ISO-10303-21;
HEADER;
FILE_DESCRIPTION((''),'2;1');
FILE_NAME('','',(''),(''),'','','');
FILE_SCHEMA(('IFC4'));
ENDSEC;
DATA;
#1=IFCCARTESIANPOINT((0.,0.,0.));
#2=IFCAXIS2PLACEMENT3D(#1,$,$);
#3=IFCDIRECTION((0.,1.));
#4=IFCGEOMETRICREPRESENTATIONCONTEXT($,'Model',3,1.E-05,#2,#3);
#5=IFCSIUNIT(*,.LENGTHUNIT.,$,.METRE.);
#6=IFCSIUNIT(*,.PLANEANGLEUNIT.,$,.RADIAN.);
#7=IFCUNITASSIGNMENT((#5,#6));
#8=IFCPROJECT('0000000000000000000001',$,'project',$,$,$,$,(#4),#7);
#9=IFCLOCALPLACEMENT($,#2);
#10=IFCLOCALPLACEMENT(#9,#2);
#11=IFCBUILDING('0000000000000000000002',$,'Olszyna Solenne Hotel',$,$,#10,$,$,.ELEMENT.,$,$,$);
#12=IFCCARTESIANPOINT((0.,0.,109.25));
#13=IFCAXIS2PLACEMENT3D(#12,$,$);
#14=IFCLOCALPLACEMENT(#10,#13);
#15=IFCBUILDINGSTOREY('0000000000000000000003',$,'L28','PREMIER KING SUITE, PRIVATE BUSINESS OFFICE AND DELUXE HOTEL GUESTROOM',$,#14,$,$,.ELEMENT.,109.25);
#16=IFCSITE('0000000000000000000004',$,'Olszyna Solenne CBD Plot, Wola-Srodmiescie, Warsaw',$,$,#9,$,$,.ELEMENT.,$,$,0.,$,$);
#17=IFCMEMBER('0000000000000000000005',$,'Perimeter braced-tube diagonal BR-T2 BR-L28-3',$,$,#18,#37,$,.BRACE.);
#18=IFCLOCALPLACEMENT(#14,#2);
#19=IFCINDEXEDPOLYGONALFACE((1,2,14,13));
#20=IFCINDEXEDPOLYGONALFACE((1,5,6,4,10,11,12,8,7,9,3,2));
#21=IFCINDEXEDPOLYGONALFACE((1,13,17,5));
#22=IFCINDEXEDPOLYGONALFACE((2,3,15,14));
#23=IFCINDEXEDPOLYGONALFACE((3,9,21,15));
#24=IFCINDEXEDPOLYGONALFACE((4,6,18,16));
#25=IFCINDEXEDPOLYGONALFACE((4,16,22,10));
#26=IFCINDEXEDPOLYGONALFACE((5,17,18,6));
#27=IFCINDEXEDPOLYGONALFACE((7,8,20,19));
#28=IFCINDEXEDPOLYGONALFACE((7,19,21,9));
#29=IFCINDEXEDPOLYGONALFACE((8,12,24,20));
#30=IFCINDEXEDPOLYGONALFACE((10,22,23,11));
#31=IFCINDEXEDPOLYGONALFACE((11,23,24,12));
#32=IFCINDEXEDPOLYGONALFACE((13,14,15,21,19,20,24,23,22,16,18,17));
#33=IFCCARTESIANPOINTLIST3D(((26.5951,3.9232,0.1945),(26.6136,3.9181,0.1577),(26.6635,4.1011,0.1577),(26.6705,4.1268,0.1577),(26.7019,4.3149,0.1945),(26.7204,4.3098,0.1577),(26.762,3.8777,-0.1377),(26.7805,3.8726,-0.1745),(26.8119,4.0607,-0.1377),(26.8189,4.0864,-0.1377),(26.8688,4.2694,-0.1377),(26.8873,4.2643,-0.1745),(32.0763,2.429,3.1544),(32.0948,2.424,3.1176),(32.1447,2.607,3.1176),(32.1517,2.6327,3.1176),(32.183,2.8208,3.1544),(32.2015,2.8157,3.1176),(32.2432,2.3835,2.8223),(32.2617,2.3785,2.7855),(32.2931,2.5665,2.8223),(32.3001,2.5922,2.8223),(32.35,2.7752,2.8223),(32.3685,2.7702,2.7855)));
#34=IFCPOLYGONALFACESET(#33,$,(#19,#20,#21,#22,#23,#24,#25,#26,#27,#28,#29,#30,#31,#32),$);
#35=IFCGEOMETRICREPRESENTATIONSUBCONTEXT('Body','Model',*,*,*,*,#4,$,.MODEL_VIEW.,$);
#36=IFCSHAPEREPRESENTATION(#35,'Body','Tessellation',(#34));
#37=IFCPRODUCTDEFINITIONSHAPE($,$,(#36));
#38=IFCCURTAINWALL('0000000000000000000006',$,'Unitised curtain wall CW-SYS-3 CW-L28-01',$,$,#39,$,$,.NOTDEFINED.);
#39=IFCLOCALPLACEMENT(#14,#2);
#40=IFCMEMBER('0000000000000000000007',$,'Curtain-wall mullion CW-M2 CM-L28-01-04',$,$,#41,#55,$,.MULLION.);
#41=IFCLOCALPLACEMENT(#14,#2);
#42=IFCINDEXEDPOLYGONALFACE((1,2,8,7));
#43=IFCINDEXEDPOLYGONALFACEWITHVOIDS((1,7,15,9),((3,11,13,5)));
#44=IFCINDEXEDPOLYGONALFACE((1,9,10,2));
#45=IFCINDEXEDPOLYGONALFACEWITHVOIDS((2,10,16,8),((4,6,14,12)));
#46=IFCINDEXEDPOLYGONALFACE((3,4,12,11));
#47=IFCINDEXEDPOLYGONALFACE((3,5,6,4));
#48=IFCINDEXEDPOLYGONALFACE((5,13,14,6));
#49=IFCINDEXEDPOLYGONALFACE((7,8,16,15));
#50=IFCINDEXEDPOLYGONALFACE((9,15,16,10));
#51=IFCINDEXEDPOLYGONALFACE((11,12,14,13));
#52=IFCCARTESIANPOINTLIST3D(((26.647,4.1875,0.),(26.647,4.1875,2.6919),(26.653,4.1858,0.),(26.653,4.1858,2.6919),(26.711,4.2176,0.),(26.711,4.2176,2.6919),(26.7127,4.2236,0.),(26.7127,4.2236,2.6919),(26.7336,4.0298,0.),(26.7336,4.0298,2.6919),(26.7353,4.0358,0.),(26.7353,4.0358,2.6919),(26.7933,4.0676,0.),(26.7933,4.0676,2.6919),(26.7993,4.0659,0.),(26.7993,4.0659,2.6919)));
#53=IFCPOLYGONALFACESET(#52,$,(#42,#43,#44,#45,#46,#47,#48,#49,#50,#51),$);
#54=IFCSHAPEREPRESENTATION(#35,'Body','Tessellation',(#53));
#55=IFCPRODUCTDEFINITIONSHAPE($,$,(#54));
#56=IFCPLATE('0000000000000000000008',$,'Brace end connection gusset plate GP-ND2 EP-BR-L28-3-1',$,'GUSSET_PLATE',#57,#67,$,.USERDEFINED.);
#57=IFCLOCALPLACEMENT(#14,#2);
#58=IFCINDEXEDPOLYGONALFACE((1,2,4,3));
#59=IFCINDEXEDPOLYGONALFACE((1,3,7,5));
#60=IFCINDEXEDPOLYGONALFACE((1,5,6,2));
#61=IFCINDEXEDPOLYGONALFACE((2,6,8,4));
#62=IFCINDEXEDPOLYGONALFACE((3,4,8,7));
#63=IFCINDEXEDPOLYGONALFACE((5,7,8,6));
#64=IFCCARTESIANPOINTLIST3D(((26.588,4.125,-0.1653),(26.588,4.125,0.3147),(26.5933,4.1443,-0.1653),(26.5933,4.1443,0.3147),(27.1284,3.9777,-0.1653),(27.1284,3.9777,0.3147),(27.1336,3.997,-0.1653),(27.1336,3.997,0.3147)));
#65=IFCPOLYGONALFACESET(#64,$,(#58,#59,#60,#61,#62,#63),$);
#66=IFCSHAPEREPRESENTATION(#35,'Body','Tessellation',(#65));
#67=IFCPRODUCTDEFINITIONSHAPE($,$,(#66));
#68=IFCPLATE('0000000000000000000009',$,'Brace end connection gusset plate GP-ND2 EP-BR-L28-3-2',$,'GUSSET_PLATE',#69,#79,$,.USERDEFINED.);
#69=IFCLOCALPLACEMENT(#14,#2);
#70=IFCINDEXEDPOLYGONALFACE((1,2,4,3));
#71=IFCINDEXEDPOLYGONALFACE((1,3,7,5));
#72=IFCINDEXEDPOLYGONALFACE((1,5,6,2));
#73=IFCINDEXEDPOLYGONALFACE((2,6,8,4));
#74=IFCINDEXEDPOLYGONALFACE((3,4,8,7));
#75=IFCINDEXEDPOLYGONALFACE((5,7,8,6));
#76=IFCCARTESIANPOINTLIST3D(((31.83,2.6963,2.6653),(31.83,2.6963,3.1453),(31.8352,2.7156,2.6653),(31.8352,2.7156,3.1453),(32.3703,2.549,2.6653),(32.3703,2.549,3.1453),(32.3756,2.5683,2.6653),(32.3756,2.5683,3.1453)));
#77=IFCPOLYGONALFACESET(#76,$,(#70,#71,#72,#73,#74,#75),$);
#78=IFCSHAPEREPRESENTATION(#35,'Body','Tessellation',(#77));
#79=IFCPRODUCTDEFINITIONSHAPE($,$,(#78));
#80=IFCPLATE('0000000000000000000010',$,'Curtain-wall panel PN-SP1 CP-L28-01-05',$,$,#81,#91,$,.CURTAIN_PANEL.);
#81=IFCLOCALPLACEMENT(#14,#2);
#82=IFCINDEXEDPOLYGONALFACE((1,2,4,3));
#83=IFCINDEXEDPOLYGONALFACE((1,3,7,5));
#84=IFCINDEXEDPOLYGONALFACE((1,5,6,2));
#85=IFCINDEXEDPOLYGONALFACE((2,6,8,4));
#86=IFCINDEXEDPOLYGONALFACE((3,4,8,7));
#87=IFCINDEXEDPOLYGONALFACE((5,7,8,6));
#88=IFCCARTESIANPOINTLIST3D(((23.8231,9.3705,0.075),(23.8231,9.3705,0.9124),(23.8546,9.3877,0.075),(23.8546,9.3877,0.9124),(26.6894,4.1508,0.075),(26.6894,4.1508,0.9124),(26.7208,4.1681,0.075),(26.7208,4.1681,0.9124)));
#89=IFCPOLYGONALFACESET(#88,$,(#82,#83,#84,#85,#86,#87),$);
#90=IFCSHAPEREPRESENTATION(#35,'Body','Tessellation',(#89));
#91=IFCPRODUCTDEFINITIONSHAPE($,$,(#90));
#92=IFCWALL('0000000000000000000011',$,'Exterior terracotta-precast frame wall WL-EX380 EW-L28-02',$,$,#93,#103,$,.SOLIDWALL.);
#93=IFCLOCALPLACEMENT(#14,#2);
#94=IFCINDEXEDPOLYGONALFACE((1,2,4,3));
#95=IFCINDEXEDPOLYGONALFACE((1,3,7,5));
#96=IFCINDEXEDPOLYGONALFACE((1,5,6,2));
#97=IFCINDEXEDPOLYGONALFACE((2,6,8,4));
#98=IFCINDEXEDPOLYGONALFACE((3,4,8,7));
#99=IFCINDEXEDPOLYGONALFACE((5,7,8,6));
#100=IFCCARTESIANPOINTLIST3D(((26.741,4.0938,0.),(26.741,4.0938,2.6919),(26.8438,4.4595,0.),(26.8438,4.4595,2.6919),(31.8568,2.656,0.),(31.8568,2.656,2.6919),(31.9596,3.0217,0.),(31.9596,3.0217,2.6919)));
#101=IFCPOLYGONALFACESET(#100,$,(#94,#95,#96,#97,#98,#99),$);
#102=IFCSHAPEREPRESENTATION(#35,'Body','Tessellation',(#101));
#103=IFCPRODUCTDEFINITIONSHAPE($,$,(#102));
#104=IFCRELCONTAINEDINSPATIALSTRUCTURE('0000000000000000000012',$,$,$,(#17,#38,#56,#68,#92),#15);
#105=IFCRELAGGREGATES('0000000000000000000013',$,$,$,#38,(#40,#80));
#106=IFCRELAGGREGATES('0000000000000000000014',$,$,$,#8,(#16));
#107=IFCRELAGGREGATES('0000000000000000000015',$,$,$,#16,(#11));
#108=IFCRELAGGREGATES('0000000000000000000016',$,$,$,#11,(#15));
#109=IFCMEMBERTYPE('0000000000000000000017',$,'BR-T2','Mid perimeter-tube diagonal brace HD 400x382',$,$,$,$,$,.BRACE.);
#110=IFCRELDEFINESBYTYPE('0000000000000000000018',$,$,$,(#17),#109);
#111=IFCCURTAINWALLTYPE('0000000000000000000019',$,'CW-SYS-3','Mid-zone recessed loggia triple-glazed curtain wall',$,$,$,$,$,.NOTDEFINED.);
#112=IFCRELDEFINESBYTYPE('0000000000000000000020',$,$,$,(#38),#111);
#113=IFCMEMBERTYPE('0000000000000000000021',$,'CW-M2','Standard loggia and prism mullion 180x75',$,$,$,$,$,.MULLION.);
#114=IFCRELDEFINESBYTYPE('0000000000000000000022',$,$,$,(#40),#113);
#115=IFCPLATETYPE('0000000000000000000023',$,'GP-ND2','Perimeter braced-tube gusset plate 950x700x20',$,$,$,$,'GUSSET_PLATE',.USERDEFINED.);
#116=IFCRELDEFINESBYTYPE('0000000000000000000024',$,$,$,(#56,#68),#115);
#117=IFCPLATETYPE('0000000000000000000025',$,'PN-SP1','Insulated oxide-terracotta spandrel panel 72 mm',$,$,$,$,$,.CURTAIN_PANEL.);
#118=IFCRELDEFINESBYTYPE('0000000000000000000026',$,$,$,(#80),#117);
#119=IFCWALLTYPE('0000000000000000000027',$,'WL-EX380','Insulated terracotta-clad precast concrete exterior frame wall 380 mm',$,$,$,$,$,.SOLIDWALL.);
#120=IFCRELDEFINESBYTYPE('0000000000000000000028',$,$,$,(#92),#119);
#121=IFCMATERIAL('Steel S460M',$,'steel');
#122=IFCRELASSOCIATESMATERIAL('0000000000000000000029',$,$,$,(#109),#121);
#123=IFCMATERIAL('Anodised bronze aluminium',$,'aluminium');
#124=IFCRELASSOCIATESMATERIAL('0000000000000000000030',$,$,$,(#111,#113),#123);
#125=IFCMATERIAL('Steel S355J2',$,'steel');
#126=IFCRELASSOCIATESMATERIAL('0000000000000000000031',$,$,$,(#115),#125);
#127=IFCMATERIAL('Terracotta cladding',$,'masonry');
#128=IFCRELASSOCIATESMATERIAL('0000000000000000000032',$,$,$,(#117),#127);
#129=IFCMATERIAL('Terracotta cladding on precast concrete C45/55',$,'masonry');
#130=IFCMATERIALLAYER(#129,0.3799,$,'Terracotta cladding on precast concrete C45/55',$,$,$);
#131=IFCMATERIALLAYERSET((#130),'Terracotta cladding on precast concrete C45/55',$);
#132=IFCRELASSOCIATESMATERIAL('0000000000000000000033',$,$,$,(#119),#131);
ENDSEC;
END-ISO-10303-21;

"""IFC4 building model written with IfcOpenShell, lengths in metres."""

from ifc_helpers import new_model, si_unit, direction, frame, frame_2d, origin, origin_2d, place, context, subcontext, project, spatial, rectangle, hollow_rectangle, i_section, extrude, source, transform, mapped, material, layer, layer_set, material_profile, profile_set, type_object, element, aggregate, save


model = new_model("IFC4")

# Units and contexts
model_context = context("Model", 3, precision=1e-05, world=origin(), true_north=direction((0.0, 1.0)))
body_context = subcontext(model_context, "Body", "Model", "MODEL_VIEW")
ifc_project = project(units=[si_unit("LENGTHUNIT", "METRE"), si_unit("PLANEANGLEUNIT", "RADIAN")], contexts=[model_context])

# Site, building, storey
site_placement = place(None, origin())
site = spatial("IfcSite", under=ifc_project, at=site_placement, Name="Olszyna Solenne CBD Plot, Wola-Srodmiescie, Warsaw", CompositionType="ELEMENT", RefElevation=0.0)
building_placement = place(site_placement, origin())
building = spatial("IfcBuilding", under=site, at=building_placement, Name="Olszyna Solenne Hotel", CompositionType="ELEMENT")
storey_placement = place(building_placement, frame((0.0, 0.0, 109.25)))
storey = spatial("IfcBuildingStorey", under=building, at=storey_placement, Name="L28", Description="PREMIER KING SUITE, PRIVATE BUSINESS OFFICE AND DELUXE HOTEL GUESTROOM", CompositionType="ELEMENT", Elevation=109.25)

# Shared definitions
ifc_material_1 = material(Name="Steel S460M", Category="steel")

# Shared definitions
ifc_material_2 = material(Name="Steel S355J2", Category="steel")

# Member
ifc_material_profile_1 = material_profile(ifc_material_1, i_section(OverallWidth=0.406, OverallDepth=0.416, WebThickness=0.0266, FlangeThickness=0.0415, at=origin_2d()), Name="HD 400x382", Category="load-bearing")
ifc_profile_set_1 = profile_set([ifc_material_profile_1], Name="Steel S460M")
member_type_1 = type_object("IfcMemberType", Name="BR-T2", Description="Mid perimeter-tube diagonal brace HD 400x382", PredefinedType="BRACE", material=ifc_profile_set_1)
shared_shape_1 = source(origin(), body_context, "Body", "SweptSolid", [
    extrude(i_section(OverallWidth=0.406, OverallDepth=0.416, WebThickness=0.0266, FlangeThickness=0.0415, at=origin_2d()), origin(), (0.0, 0.0, 1.0), 6.406),
])
member_1_placement = place(storey_placement, frame((26.7412, 4.0938, 0.01), z_axis=(0.85563, -0.233239, 0.462058), x_axis=(0.262997, 0.964797, 0.0)))
element("IfcMember", 1, at=member_1_placement, inside=storey, type_object=member_type_1, Name="Perimeter braced-tube diagonal BR-T2 BR-L28-3", PredefinedType="BRACE", context=body_context, shape_type="MappedRepresentation", body=[
    mapped(shared_shape_1, transform((0.0, 0.0, 0.0), x_axis=(1.0, 0.0, 0.0), y_axis=(0.0, 1.0, 0.0), z_axis=(0.0, 0.0, 1.0), scale=1.0)),
])

# Curtain wall, member
ifc_material_3 = material(Name="Anodised bronze aluminium", Category="aluminium")
curtain_wall_type = type_object("IfcCurtainWallType", Name="CW-SYS-3", Description="Mid-zone recessed loggia triple-glazed curtain wall", PredefinedType="NOTDEFINED", material=ifc_material_3)
curtain_wall_placement = place(storey_placement, origin())
curtain_wall = element("IfcCurtainWall", 2, at=curtain_wall_placement, inside=storey, type_object=curtain_wall_type, Name="Unitised curtain wall CW-SYS-3 CW-L28-01", PredefinedType="NOTDEFINED")
ifc_material_profile_2 = material_profile(ifc_material_3, hollow_rectangle(XDim=0.075, YDim=0.1799, WallThickness=0.0044, at=origin_2d()), Name="MULL 180x75x4.5", Category="load-bearing")
ifc_profile_set_2 = profile_set([ifc_material_profile_2], Name="Anodised bronze aluminium")
member_type_2 = type_object("IfcMemberType", Name="CW-M2", Description="Standard loggia and prism mullion 180x75", PredefinedType="MULLION", material=ifc_profile_set_2)
shared_shape_2 = source(origin(), body_context, "Body", "SweptSolid", [
    extrude(hollow_rectangle(XDim=0.075, YDim=0.1799, WallThickness=0.0044, at=origin_2d()), origin(), (0.0, 0.0, 1.0), 2.6919),
])
member_2_placement = place(storey_placement, frame((26.7231, 4.1267, 0.0), z_axis=(0.0, 0.0, 1.0), x_axis=(0.876535, 0.481338, 0.0)))
member_2 = element("IfcMember", 3, at=member_2_placement, type_object=member_type_2, Name="Curtain-wall mullion CW-M2 CM-L28-01-04", PredefinedType="MULLION", context=body_context, shape_type="MappedRepresentation", body=[
    mapped(shared_shape_2, transform((0.0, 0.0, 0.0), x_axis=(1.0, 0.0, 0.0), y_axis=(0.0, 1.0, 0.0), z_axis=(0.0, 0.0, 1.0), scale=1.0)),
])

# Plates
plate_type_1 = type_object("IfcPlateType", Name="GP-ND2", Description="Perimeter braced-tube gusset plate 950x700x20", ElementType="GUSSET_PLATE", PredefinedType="USERDEFINED", material=ifc_material_2)
shared_shape_3 = source(origin(), body_context, "Body", "SweptSolid", [
    extrude(rectangle(XDim=0.5601, YDim=0.02, at=origin_2d()), origin(), (0.0, 0.0, 1.0), 0.48),
])
for number, where, z_axis, x_axis, name in (
    (4, (26.8608, 4.061, -0.1653), (0.0, 0.0, 1.0), (0.964787, -0.263031, 0.0), "Brace end connection gusset plate GP-ND2 EP-BR-L28-3-1"),
    (5, (32.1028, 2.6323, 2.6653), (0.0, 0.0, 1.0), (0.964787, -0.263031, 0.0), "Brace end connection gusset plate GP-ND2 EP-BR-L28-3-2"),
):
    element("IfcPlate", number, at=place(storey_placement, frame(where, z_axis=z_axis, x_axis=x_axis)), inside=storey, type_object=plate_type_1, Name=name, ObjectType="GUSSET_PLATE", PredefinedType="USERDEFINED", context=body_context, shape_type="MappedRepresentation", body=[
        mapped(shared_shape_3, transform((0.0, 0.0, 0.0), x_axis=(1.0, 0.0, 0.0), y_axis=(0.0, 1.0, 0.0), z_axis=(0.0, 0.0, 1.0), scale=1.0)),
    ])

# Plate
ifc_material_4 = material(Name="Terracotta cladding", Category="masonry")
plate_type_2 = type_object("IfcPlateType", Name="PN-SP1", Description="Insulated oxide-terracotta spandrel panel 72 mm", PredefinedType="CURTAIN_PANEL", material=ifc_material_4)
shared_shape_4 = source(origin(), body_context, "Body", "SweptSolid", [
    extrude(rectangle(XDim=5.9548, YDim=0.0359, at=origin_2d()), origin(), (0.0, 0.0, 1.0), 0.8374),
])
plate_placement = place(storey_placement, frame((25.272, 6.7693, 0.075), z_axis=(0.0, 0.0, 1.0), x_axis=(0.481338, -0.876535, 0.0)))
plate = element("IfcPlate", 6, at=plate_placement, type_object=plate_type_2, Name="Curtain-wall panel PN-SP1 CP-L28-01-05", PredefinedType="CURTAIN_PANEL", context=body_context, shape_type="MappedRepresentation", body=[
    mapped(shared_shape_4, transform((0.0, 0.0, 0.0), x_axis=(1.0, 0.0, 0.0), y_axis=(0.0, 1.0, 0.0), z_axis=(0.0, 0.0, 1.0), scale=1.0)),
])
aggregate(curtain_wall, [member_2, plate])

# Wall
ifc_material_5 = material(Name="Terracotta cladding on precast concrete C45/55", Category="masonry")
ifc_layer = layer(ifc_material_5, 0.3799, Name="Terracotta cladding on precast concrete C45/55")
ifc_layer_set = layer_set([ifc_layer], Name="Terracotta cladding on precast concrete C45/55")
wall_type = type_object("IfcWallType", Name="WL-EX380", Description="Insulated terracotta-clad precast concrete exterior frame wall 380 mm", PredefinedType="SOLIDWALL", material=ifc_layer_set)
wall_placement = place(storey_placement, frame((31.9082, 2.8389, 0.0), z_axis=(0.0, 0.0, 1.0), x_axis=(-0.962703, 0.270562, 0.0)))
element("IfcWall", 7, at=wall_placement, inside=storey, type_object=wall_type, Name="Exterior terracotta-precast frame wall WL-EX380 EW-L28-02", PredefinedType="SOLIDWALL", context=body_context, shape_type="SweptSolid", body=[
    extrude(rectangle(XDim=5.314, YDim=0.3799, at=frame_2d((2.657, 0.0))), origin(), (0.0, 0.0, 1.0), 2.6919),
])

save(model, "model.ifc")
